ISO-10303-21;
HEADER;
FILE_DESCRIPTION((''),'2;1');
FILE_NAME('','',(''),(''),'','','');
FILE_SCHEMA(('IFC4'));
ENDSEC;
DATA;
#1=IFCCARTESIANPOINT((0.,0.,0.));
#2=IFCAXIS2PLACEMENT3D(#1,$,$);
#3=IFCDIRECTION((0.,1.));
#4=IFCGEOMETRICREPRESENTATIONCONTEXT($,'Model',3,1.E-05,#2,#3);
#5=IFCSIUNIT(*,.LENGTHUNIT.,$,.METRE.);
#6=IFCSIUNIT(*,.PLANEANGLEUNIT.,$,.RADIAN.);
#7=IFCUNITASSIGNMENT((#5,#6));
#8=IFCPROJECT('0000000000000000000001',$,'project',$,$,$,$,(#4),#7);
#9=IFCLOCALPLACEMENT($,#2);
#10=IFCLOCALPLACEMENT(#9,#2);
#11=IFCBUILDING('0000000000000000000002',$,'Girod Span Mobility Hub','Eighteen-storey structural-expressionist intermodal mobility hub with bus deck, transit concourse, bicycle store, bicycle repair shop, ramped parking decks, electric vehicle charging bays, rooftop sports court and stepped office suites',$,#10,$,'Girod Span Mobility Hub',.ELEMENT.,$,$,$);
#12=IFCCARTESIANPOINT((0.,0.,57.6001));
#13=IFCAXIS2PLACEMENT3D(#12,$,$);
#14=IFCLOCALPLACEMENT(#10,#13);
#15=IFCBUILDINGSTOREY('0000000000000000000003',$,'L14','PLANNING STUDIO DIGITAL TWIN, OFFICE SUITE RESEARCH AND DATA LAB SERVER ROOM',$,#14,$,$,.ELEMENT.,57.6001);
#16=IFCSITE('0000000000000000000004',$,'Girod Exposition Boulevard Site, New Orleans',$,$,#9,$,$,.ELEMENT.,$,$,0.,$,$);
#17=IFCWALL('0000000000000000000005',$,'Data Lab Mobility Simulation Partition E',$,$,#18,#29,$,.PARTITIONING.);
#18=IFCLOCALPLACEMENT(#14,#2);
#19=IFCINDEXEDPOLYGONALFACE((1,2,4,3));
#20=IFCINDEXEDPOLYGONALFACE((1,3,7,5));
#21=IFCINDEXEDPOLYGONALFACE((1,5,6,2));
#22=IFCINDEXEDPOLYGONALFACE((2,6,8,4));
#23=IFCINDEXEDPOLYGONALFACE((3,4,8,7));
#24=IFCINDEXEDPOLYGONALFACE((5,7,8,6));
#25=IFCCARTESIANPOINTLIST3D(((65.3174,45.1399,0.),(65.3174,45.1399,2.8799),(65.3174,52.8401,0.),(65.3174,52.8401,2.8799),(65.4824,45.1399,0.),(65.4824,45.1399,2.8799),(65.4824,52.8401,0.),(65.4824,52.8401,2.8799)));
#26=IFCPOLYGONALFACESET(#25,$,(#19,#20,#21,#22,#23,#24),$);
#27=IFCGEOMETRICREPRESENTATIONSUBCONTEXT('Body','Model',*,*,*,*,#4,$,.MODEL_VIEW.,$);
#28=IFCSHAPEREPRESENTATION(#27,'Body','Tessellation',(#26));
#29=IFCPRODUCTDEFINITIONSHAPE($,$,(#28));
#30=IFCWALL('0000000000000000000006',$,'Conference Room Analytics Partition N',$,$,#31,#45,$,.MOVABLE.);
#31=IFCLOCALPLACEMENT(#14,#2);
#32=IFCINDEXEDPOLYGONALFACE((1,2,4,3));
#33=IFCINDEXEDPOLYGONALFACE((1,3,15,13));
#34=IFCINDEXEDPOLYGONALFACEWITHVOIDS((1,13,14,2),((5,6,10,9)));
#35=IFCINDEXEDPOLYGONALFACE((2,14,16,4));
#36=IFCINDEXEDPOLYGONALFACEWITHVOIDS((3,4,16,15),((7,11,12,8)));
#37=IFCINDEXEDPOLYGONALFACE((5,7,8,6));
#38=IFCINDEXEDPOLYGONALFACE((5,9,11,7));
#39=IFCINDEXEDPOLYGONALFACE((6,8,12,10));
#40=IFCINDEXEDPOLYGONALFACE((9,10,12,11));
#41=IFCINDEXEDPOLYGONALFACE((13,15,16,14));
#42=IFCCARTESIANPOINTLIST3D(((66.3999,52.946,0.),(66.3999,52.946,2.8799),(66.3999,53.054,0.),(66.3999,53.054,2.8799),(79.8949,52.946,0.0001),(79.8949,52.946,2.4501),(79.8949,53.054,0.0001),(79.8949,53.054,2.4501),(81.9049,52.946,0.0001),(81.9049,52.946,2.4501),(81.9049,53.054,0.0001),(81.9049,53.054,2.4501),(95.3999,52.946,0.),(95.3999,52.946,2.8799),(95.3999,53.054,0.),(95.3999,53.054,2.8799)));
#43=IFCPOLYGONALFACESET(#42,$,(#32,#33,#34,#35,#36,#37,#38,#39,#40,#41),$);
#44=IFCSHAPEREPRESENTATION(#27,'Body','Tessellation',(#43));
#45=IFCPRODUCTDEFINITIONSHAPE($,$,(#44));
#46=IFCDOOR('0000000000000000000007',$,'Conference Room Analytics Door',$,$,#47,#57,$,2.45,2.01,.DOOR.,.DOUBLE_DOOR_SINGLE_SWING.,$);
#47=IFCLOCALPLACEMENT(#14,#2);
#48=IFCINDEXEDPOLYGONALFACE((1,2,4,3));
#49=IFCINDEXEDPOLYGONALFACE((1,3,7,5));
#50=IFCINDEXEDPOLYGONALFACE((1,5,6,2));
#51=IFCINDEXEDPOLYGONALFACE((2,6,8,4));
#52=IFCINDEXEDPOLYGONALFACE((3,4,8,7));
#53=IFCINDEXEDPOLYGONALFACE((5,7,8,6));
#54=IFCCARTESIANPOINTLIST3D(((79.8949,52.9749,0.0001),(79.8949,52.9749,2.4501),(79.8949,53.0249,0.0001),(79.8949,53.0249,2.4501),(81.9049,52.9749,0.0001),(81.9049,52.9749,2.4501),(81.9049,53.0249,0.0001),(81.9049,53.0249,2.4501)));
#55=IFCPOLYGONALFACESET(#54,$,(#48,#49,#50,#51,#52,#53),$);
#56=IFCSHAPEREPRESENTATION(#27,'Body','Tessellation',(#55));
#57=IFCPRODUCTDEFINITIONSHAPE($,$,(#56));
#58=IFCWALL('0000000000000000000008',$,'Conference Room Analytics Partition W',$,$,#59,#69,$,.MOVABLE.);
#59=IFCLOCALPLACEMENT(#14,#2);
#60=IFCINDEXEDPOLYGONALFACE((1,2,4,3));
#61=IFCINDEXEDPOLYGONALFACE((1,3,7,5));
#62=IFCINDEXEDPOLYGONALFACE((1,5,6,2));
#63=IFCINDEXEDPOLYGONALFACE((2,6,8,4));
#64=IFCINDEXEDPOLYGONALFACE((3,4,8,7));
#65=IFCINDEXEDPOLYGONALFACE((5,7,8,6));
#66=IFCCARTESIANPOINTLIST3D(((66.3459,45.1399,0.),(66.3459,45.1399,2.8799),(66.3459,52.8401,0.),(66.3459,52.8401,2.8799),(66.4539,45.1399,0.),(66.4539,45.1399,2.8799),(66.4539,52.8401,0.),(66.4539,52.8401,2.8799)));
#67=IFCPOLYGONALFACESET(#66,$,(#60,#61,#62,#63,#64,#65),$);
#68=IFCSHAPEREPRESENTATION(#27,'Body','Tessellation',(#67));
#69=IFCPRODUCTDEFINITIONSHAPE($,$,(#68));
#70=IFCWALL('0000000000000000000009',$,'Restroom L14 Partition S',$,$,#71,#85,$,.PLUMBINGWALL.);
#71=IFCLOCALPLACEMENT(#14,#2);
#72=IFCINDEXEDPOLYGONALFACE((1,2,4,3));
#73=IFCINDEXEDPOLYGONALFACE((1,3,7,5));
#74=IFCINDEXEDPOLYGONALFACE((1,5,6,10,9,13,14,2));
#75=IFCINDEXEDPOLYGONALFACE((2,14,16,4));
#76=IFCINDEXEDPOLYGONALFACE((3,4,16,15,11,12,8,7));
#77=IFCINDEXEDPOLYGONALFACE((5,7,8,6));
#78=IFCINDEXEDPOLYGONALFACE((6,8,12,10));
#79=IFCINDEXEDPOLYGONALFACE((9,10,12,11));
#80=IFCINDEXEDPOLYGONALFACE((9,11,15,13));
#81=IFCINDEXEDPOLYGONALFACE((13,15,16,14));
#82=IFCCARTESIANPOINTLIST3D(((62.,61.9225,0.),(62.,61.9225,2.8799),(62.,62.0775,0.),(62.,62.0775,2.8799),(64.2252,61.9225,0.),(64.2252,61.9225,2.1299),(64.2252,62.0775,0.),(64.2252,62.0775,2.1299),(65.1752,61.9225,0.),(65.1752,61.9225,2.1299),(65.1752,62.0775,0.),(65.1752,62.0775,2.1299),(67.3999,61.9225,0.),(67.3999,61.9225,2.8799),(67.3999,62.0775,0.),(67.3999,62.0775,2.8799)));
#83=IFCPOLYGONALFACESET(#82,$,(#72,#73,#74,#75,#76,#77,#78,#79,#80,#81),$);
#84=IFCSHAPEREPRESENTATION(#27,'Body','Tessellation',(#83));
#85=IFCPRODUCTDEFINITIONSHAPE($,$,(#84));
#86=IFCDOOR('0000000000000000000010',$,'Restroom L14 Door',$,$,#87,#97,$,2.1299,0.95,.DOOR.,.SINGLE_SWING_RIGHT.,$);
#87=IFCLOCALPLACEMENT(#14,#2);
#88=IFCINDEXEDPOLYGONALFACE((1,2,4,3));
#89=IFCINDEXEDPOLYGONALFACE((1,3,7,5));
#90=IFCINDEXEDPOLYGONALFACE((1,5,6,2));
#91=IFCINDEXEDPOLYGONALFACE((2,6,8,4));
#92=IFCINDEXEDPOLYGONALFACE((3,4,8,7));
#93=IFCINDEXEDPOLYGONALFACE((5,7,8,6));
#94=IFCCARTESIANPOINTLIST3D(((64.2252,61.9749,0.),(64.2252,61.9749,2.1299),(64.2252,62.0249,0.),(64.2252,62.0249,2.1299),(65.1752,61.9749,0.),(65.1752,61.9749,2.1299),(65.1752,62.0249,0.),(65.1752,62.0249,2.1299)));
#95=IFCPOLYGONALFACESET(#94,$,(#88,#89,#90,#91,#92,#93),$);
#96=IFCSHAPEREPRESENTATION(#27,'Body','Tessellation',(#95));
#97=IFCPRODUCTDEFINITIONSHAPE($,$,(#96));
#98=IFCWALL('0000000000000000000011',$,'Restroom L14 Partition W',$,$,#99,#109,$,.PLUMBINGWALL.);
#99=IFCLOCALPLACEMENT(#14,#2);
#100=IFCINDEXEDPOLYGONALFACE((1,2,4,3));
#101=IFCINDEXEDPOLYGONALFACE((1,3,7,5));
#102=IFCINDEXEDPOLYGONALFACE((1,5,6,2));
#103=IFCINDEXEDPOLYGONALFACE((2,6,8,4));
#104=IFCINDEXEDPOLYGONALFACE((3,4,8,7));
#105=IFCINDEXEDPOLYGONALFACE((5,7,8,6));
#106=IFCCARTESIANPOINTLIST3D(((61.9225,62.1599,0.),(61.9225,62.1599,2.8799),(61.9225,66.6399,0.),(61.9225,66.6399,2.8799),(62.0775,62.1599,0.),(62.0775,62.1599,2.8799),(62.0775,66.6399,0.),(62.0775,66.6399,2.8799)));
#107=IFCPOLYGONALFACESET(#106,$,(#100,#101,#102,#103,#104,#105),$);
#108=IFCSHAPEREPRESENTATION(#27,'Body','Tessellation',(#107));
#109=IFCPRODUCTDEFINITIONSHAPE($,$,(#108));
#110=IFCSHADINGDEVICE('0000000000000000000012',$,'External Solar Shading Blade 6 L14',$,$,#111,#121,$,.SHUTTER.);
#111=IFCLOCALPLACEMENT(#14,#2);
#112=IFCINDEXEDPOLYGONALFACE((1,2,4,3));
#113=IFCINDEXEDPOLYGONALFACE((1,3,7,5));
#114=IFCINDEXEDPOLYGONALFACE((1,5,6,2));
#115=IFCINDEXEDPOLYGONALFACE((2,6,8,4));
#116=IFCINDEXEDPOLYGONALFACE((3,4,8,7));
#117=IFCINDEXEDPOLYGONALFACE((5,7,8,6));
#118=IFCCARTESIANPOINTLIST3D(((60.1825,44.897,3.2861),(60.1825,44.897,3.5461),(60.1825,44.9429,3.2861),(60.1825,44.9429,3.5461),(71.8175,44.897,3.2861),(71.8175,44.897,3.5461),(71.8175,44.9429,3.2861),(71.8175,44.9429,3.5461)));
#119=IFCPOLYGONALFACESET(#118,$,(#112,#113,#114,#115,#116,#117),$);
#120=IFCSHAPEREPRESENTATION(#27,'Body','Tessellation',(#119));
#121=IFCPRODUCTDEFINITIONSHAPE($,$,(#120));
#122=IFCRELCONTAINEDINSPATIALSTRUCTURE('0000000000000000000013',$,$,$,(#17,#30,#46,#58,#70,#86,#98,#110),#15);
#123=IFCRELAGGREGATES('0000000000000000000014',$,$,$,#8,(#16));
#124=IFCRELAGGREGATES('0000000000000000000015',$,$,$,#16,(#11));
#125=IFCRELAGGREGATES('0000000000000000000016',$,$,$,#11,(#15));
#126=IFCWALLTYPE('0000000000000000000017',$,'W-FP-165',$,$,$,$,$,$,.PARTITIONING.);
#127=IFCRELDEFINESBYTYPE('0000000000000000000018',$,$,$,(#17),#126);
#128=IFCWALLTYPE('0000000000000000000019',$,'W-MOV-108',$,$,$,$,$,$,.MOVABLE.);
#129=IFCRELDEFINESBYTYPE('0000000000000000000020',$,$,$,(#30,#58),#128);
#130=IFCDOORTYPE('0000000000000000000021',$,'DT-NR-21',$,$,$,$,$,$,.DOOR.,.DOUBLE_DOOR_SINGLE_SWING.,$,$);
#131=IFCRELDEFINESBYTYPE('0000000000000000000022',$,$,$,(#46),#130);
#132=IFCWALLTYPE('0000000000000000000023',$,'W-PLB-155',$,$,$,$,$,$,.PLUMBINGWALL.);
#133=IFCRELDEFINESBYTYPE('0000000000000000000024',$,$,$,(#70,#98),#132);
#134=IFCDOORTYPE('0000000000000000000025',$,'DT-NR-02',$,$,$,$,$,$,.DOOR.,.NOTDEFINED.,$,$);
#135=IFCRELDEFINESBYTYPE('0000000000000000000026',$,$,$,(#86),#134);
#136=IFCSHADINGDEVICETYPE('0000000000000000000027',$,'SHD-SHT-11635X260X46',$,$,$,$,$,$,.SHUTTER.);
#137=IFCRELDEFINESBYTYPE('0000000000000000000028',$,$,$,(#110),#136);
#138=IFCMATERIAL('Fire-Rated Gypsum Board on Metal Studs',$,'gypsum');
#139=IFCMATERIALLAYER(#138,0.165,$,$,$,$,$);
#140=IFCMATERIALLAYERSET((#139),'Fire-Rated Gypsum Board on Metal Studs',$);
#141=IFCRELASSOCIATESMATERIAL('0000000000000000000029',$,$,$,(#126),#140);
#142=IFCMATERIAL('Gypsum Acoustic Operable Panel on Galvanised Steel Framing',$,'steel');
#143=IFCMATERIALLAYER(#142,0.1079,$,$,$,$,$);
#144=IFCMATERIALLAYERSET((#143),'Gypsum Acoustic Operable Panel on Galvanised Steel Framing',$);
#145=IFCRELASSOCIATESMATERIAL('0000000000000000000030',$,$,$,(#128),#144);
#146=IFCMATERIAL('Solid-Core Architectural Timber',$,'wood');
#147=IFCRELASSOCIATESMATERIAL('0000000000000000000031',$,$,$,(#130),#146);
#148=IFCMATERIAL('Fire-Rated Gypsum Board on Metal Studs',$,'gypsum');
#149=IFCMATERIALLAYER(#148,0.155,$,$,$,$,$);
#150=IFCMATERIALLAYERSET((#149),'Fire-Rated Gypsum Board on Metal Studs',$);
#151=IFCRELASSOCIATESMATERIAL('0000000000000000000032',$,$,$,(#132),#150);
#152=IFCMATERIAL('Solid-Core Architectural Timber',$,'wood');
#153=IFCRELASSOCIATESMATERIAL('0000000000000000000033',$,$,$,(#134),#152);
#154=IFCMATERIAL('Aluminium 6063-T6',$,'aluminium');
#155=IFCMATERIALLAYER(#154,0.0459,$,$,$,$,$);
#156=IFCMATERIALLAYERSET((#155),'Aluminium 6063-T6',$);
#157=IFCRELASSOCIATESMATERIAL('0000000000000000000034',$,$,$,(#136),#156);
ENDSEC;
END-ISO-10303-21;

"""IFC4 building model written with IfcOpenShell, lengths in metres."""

from ifc_helpers import new_model, si_unit, direction, frame, frame_2d, origin, origin_2d, place, context, subcontext, project, spatial, rectangle, extrude, material, layer, layer_set, type_object, element, fill, save


model = new_model("IFC4")

# Units and contexts
model_context = context("Model", 3, precision=1e-05, world=origin(), true_north=direction((0.0, 1.0)))
body_context = subcontext(model_context, "Body", "Model", "MODEL_VIEW")
ifc_project = project(units=[si_unit("LENGTHUNIT", "METRE"), si_unit("PLANEANGLEUNIT", "RADIAN")], contexts=[model_context])

# Site, building, storey
site_placement = place(None, origin())
site = spatial("IfcSite", under=ifc_project, at=site_placement, Name="Girod Exposition Boulevard Site, New Orleans", CompositionType="ELEMENT", RefElevation=0.0)
building_placement = place(site_placement, origin())
building = spatial("IfcBuilding", under=site, at=building_placement, Name="Girod Span Mobility Hub", Description="Eighteen-storey structural-expressionist intermodal mobility hub with bus deck, transit concourse, bicycle store, bicycle repair shop, ramped parking decks, electric vehicle charging bays, rooftop sports court and stepped office suites", LongName="Girod Span Mobility Hub", CompositionType="ELEMENT")
storey_placement = place(building_placement, frame((0.0, 0.0, 57.6001)))
storey = spatial("IfcBuildingStorey", under=building, at=storey_placement, Name="L14", Description="PLANNING STUDIO DIGITAL TWIN, OFFICE SUITE RESEARCH AND DATA LAB SERVER ROOM", CompositionType="ELEMENT", Elevation=57.6001)

# Wall
ifc_material_1 = material(Name="Fire-Rated Gypsum Board on Metal Studs", Category="gypsum")
ifc_layer_1 = layer(ifc_material_1, 0.165)
ifc_layer_set_1 = layer_set([ifc_layer_1], Name="Fire-Rated Gypsum Board on Metal Studs")
wall_type_1 = type_object("IfcWallType", Name="W-FP-165", PredefinedType="PARTITIONING", material=ifc_layer_set_1)
wall_1_placement = place(storey_placement, frame((65.3999, 45.1399, 0.0), z_axis=(0.0, 0.0, 1.0), x_axis=(0.0, 1.0, 0.0)))
element("IfcWall", 1, at=wall_1_placement, inside=storey, type_object=wall_type_1, Name="Data Lab Mobility Simulation Partition E", PredefinedType="PARTITIONING", context=body_context, shape_type="SweptSolid", body=[
    extrude(rectangle(XDim=7.7002, YDim=0.165, at=frame_2d((3.8501, 0.0))), origin(), (0.0, 0.0, 1.0), 2.8799),
])

# Wall, opening, door
ifc_material_2 = material(Name="Gypsum Acoustic Operable Panel on Galvanised Steel Framing", Category="steel")
ifc_layer_2 = layer(ifc_material_2, 0.1079)
ifc_layer_set_2 = layer_set([ifc_layer_2], Name="Gypsum Acoustic Operable Panel on Galvanised Steel Framing")
wall_type_2 = type_object("IfcWallType", Name="W-MOV-108", PredefinedType="MOVABLE", material=ifc_layer_set_2)
wall_2_placement = place(storey_placement, frame((66.3999, 53.0, 0.0), z_axis=(0.0, 0.0, 1.0), x_axis=(1.0, 0.0, 0.0)))
wall_2 = element("IfcWall", 2, at=wall_2_placement, inside=storey, type_object=wall_type_2, Name="Conference Room Analytics Partition N", PredefinedType="MOVABLE", context=body_context, shape_type="SweptSolid", body=[
    extrude(rectangle(XDim=29.0, YDim=0.1079, at=frame_2d((14.5, 0.0))), origin(), (0.0, 0.0, 1.0), 2.8799),
])
opening_1_placement = place(wall_2_placement, frame((13.4951, 0.0, 0.0)))
opening_1 = element("IfcOpeningElement", 3, at=opening_1_placement, cuts=wall_2, PredefinedType="OPENING", context=body_context, shape_type="SweptSolid", body=[
    extrude(rectangle(XDim=2.01, YDim=2.45, at=frame_2d((1.0049, 1.2251))), frame((0.0, 0.0688, 0.0), z_axis=(0.0, -1.0, 0.0), x_axis=(1.0, 0.0, 0.0)), (0.0, 0.0, 1.0), 0.1379),
])
ifc_material_3 = material(Name="Solid-Core Architectural Timber", Category="wood")
door_type_1 = type_object("IfcDoorType", Name="DT-NR-21", OperationType="DOUBLE_DOOR_SINGLE_SWING", PredefinedType="DOOR", material=ifc_material_3)
door_1_placement = place(opening_1_placement, origin())
door_1 = element("IfcDoor", 4, at=door_1_placement, inside=storey, type_object=door_type_1, Name="Conference Room Analytics Door", OperationType="DOUBLE_DOOR_SINGLE_SWING", OverallHeight=2.45, OverallWidth=2.01, PredefinedType="DOOR", context=body_context, shape_type="SweptSolid", body=[
    extrude(rectangle(XDim=2.01, YDim=2.45, at=frame_2d((1.0049, 1.2251))), frame((0.0, 0.0249, 0.0), z_axis=(0.0, -1.0, 0.0), x_axis=(1.0, 0.0, 0.0)), (0.0, 0.0, 1.0), 0.05),
])
fill(opening_1, door_1)

# Wall
wall_3_placement = place(storey_placement, frame((66.3999, 45.1399, 0.0), z_axis=(0.0, 0.0, 1.0), x_axis=(0.0, 1.0, 0.0)))
element("IfcWall", 5, at=wall_3_placement, inside=storey, type_object=wall_type_2, Name="Conference Room Analytics Partition W", PredefinedType="MOVABLE", context=body_context, shape_type="SweptSolid", body=[
    extrude(rectangle(XDim=7.7002, YDim=0.1079, at=frame_2d((3.8501, 0.0))), origin(), (0.0, 0.0, 1.0), 2.8799),
])

# Wall, opening, door
ifc_material_4 = material(Name="Fire-Rated Gypsum Board on Metal Studs", Category="gypsum")
ifc_layer_3 = layer(ifc_material_4, 0.155)
ifc_layer_set_3 = layer_set([ifc_layer_3], Name="Fire-Rated Gypsum Board on Metal Studs")
wall_type_3 = type_object("IfcWallType", Name="W-PLB-155", PredefinedType="PLUMBINGWALL", material=ifc_layer_set_3)
wall_4_placement = place(storey_placement, frame((62.0, 62.0, 0.0), z_axis=(0.0, 0.0, 1.0), x_axis=(1.0, 0.0, 0.0)))
wall_4 = element("IfcWall", 6, at=wall_4_placement, inside=storey, type_object=wall_type_3, Name="Restroom L14 Partition S", PredefinedType="PLUMBINGWALL", context=body_context, shape_type="SweptSolid", body=[
    extrude(rectangle(XDim=5.3999, YDim=0.155, at=frame_2d((2.7, 0.0))), origin(), (0.0, 0.0, 1.0), 2.8799),
])
opening_2_placement = place(wall_4_placement, frame((2.2251, 0.0, 0.0)))
opening_2 = element("IfcOpeningElement", 7, at=opening_2_placement, cuts=wall_4, PredefinedType="OPENING", context=body_context, shape_type="SweptSolid", body=[
    extrude(rectangle(XDim=0.95, YDim=2.1299, at=frame_2d((0.4751, 1.0649))), frame((0.0, 0.0925, 0.0), z_axis=(0.0, -1.0, 0.0), x_axis=(1.0, 0.0, 0.0)), (0.0, 0.0, 1.0), 0.1851),
])
ifc_material_5 = material(Name="Solid-Core Architectural Timber", Category="wood")
door_type_2 = type_object("IfcDoorType", Name="DT-NR-02", OperationType="NOTDEFINED", PredefinedType="DOOR", material=ifc_material_5)
door_2_placement = place(opening_2_placement, origin())
door_2 = element("IfcDoor", 8, at=door_2_placement, inside=storey, type_object=door_type_2, Name="Restroom L14 Door", OperationType="SINGLE_SWING_RIGHT", OverallHeight=2.1299, OverallWidth=0.95, PredefinedType="DOOR", context=body_context, shape_type="SweptSolid", body=[
    extrude(rectangle(XDim=0.95, YDim=2.1299, at=frame_2d((0.4751, 1.0649))), frame((0.0, 0.0249, 0.0), z_axis=(0.0, -1.0, 0.0), x_axis=(1.0, 0.0, 0.0)), (0.0, 0.0, 1.0), 0.05),
])
fill(opening_2, door_2)

# Wall
wall_5_placement = place(storey_placement, frame((62.0, 62.1599, 0.0), z_axis=(0.0, 0.0, 1.0), x_axis=(0.0, 1.0, 0.0)))
element("IfcWall", 9, at=wall_5_placement, inside=storey, type_object=wall_type_3, Name="Restroom L14 Partition W", PredefinedType="PLUMBINGWALL", context=body_context, shape_type="SweptSolid", body=[
    extrude(rectangle(XDim=4.48, YDim=0.155, at=frame_2d((2.24, 0.0))), origin(), (0.0, 0.0, 1.0), 2.8799),
])

# Shading device
ifc_material_6 = material(Name="Aluminium 6063-T6", Category="aluminium")
ifc_layer_4 = layer(ifc_material_6, 0.0459)
ifc_layer_set_4 = layer_set([ifc_layer_4], Name="Aluminium 6063-T6")
shading_device_type = type_object("IfcShadingDeviceType", Name="SHD-SHT-11635X260X46", PredefinedType="SHUTTER", material=ifc_layer_set_4)
shading_device_placement = place(storey_placement, frame((66.0, 44.9199, 3.2861), z_axis=(0.0, 0.0, 1.0), x_axis=(1.0, 0.0, 0.0)))
element("IfcShadingDevice", 10, at=shading_device_placement, inside=storey, type_object=shading_device_type, Name="External Solar Shading Blade 6 L14", PredefinedType="SHUTTER", context=body_context, shape_type="SweptSolid", body=[
    extrude(rectangle(XDim=11.635, YDim=0.0459, at=origin_2d()), origin(), (0.0, 0.0, 1.0), 0.26),
])

save(model, "model.ifc")
